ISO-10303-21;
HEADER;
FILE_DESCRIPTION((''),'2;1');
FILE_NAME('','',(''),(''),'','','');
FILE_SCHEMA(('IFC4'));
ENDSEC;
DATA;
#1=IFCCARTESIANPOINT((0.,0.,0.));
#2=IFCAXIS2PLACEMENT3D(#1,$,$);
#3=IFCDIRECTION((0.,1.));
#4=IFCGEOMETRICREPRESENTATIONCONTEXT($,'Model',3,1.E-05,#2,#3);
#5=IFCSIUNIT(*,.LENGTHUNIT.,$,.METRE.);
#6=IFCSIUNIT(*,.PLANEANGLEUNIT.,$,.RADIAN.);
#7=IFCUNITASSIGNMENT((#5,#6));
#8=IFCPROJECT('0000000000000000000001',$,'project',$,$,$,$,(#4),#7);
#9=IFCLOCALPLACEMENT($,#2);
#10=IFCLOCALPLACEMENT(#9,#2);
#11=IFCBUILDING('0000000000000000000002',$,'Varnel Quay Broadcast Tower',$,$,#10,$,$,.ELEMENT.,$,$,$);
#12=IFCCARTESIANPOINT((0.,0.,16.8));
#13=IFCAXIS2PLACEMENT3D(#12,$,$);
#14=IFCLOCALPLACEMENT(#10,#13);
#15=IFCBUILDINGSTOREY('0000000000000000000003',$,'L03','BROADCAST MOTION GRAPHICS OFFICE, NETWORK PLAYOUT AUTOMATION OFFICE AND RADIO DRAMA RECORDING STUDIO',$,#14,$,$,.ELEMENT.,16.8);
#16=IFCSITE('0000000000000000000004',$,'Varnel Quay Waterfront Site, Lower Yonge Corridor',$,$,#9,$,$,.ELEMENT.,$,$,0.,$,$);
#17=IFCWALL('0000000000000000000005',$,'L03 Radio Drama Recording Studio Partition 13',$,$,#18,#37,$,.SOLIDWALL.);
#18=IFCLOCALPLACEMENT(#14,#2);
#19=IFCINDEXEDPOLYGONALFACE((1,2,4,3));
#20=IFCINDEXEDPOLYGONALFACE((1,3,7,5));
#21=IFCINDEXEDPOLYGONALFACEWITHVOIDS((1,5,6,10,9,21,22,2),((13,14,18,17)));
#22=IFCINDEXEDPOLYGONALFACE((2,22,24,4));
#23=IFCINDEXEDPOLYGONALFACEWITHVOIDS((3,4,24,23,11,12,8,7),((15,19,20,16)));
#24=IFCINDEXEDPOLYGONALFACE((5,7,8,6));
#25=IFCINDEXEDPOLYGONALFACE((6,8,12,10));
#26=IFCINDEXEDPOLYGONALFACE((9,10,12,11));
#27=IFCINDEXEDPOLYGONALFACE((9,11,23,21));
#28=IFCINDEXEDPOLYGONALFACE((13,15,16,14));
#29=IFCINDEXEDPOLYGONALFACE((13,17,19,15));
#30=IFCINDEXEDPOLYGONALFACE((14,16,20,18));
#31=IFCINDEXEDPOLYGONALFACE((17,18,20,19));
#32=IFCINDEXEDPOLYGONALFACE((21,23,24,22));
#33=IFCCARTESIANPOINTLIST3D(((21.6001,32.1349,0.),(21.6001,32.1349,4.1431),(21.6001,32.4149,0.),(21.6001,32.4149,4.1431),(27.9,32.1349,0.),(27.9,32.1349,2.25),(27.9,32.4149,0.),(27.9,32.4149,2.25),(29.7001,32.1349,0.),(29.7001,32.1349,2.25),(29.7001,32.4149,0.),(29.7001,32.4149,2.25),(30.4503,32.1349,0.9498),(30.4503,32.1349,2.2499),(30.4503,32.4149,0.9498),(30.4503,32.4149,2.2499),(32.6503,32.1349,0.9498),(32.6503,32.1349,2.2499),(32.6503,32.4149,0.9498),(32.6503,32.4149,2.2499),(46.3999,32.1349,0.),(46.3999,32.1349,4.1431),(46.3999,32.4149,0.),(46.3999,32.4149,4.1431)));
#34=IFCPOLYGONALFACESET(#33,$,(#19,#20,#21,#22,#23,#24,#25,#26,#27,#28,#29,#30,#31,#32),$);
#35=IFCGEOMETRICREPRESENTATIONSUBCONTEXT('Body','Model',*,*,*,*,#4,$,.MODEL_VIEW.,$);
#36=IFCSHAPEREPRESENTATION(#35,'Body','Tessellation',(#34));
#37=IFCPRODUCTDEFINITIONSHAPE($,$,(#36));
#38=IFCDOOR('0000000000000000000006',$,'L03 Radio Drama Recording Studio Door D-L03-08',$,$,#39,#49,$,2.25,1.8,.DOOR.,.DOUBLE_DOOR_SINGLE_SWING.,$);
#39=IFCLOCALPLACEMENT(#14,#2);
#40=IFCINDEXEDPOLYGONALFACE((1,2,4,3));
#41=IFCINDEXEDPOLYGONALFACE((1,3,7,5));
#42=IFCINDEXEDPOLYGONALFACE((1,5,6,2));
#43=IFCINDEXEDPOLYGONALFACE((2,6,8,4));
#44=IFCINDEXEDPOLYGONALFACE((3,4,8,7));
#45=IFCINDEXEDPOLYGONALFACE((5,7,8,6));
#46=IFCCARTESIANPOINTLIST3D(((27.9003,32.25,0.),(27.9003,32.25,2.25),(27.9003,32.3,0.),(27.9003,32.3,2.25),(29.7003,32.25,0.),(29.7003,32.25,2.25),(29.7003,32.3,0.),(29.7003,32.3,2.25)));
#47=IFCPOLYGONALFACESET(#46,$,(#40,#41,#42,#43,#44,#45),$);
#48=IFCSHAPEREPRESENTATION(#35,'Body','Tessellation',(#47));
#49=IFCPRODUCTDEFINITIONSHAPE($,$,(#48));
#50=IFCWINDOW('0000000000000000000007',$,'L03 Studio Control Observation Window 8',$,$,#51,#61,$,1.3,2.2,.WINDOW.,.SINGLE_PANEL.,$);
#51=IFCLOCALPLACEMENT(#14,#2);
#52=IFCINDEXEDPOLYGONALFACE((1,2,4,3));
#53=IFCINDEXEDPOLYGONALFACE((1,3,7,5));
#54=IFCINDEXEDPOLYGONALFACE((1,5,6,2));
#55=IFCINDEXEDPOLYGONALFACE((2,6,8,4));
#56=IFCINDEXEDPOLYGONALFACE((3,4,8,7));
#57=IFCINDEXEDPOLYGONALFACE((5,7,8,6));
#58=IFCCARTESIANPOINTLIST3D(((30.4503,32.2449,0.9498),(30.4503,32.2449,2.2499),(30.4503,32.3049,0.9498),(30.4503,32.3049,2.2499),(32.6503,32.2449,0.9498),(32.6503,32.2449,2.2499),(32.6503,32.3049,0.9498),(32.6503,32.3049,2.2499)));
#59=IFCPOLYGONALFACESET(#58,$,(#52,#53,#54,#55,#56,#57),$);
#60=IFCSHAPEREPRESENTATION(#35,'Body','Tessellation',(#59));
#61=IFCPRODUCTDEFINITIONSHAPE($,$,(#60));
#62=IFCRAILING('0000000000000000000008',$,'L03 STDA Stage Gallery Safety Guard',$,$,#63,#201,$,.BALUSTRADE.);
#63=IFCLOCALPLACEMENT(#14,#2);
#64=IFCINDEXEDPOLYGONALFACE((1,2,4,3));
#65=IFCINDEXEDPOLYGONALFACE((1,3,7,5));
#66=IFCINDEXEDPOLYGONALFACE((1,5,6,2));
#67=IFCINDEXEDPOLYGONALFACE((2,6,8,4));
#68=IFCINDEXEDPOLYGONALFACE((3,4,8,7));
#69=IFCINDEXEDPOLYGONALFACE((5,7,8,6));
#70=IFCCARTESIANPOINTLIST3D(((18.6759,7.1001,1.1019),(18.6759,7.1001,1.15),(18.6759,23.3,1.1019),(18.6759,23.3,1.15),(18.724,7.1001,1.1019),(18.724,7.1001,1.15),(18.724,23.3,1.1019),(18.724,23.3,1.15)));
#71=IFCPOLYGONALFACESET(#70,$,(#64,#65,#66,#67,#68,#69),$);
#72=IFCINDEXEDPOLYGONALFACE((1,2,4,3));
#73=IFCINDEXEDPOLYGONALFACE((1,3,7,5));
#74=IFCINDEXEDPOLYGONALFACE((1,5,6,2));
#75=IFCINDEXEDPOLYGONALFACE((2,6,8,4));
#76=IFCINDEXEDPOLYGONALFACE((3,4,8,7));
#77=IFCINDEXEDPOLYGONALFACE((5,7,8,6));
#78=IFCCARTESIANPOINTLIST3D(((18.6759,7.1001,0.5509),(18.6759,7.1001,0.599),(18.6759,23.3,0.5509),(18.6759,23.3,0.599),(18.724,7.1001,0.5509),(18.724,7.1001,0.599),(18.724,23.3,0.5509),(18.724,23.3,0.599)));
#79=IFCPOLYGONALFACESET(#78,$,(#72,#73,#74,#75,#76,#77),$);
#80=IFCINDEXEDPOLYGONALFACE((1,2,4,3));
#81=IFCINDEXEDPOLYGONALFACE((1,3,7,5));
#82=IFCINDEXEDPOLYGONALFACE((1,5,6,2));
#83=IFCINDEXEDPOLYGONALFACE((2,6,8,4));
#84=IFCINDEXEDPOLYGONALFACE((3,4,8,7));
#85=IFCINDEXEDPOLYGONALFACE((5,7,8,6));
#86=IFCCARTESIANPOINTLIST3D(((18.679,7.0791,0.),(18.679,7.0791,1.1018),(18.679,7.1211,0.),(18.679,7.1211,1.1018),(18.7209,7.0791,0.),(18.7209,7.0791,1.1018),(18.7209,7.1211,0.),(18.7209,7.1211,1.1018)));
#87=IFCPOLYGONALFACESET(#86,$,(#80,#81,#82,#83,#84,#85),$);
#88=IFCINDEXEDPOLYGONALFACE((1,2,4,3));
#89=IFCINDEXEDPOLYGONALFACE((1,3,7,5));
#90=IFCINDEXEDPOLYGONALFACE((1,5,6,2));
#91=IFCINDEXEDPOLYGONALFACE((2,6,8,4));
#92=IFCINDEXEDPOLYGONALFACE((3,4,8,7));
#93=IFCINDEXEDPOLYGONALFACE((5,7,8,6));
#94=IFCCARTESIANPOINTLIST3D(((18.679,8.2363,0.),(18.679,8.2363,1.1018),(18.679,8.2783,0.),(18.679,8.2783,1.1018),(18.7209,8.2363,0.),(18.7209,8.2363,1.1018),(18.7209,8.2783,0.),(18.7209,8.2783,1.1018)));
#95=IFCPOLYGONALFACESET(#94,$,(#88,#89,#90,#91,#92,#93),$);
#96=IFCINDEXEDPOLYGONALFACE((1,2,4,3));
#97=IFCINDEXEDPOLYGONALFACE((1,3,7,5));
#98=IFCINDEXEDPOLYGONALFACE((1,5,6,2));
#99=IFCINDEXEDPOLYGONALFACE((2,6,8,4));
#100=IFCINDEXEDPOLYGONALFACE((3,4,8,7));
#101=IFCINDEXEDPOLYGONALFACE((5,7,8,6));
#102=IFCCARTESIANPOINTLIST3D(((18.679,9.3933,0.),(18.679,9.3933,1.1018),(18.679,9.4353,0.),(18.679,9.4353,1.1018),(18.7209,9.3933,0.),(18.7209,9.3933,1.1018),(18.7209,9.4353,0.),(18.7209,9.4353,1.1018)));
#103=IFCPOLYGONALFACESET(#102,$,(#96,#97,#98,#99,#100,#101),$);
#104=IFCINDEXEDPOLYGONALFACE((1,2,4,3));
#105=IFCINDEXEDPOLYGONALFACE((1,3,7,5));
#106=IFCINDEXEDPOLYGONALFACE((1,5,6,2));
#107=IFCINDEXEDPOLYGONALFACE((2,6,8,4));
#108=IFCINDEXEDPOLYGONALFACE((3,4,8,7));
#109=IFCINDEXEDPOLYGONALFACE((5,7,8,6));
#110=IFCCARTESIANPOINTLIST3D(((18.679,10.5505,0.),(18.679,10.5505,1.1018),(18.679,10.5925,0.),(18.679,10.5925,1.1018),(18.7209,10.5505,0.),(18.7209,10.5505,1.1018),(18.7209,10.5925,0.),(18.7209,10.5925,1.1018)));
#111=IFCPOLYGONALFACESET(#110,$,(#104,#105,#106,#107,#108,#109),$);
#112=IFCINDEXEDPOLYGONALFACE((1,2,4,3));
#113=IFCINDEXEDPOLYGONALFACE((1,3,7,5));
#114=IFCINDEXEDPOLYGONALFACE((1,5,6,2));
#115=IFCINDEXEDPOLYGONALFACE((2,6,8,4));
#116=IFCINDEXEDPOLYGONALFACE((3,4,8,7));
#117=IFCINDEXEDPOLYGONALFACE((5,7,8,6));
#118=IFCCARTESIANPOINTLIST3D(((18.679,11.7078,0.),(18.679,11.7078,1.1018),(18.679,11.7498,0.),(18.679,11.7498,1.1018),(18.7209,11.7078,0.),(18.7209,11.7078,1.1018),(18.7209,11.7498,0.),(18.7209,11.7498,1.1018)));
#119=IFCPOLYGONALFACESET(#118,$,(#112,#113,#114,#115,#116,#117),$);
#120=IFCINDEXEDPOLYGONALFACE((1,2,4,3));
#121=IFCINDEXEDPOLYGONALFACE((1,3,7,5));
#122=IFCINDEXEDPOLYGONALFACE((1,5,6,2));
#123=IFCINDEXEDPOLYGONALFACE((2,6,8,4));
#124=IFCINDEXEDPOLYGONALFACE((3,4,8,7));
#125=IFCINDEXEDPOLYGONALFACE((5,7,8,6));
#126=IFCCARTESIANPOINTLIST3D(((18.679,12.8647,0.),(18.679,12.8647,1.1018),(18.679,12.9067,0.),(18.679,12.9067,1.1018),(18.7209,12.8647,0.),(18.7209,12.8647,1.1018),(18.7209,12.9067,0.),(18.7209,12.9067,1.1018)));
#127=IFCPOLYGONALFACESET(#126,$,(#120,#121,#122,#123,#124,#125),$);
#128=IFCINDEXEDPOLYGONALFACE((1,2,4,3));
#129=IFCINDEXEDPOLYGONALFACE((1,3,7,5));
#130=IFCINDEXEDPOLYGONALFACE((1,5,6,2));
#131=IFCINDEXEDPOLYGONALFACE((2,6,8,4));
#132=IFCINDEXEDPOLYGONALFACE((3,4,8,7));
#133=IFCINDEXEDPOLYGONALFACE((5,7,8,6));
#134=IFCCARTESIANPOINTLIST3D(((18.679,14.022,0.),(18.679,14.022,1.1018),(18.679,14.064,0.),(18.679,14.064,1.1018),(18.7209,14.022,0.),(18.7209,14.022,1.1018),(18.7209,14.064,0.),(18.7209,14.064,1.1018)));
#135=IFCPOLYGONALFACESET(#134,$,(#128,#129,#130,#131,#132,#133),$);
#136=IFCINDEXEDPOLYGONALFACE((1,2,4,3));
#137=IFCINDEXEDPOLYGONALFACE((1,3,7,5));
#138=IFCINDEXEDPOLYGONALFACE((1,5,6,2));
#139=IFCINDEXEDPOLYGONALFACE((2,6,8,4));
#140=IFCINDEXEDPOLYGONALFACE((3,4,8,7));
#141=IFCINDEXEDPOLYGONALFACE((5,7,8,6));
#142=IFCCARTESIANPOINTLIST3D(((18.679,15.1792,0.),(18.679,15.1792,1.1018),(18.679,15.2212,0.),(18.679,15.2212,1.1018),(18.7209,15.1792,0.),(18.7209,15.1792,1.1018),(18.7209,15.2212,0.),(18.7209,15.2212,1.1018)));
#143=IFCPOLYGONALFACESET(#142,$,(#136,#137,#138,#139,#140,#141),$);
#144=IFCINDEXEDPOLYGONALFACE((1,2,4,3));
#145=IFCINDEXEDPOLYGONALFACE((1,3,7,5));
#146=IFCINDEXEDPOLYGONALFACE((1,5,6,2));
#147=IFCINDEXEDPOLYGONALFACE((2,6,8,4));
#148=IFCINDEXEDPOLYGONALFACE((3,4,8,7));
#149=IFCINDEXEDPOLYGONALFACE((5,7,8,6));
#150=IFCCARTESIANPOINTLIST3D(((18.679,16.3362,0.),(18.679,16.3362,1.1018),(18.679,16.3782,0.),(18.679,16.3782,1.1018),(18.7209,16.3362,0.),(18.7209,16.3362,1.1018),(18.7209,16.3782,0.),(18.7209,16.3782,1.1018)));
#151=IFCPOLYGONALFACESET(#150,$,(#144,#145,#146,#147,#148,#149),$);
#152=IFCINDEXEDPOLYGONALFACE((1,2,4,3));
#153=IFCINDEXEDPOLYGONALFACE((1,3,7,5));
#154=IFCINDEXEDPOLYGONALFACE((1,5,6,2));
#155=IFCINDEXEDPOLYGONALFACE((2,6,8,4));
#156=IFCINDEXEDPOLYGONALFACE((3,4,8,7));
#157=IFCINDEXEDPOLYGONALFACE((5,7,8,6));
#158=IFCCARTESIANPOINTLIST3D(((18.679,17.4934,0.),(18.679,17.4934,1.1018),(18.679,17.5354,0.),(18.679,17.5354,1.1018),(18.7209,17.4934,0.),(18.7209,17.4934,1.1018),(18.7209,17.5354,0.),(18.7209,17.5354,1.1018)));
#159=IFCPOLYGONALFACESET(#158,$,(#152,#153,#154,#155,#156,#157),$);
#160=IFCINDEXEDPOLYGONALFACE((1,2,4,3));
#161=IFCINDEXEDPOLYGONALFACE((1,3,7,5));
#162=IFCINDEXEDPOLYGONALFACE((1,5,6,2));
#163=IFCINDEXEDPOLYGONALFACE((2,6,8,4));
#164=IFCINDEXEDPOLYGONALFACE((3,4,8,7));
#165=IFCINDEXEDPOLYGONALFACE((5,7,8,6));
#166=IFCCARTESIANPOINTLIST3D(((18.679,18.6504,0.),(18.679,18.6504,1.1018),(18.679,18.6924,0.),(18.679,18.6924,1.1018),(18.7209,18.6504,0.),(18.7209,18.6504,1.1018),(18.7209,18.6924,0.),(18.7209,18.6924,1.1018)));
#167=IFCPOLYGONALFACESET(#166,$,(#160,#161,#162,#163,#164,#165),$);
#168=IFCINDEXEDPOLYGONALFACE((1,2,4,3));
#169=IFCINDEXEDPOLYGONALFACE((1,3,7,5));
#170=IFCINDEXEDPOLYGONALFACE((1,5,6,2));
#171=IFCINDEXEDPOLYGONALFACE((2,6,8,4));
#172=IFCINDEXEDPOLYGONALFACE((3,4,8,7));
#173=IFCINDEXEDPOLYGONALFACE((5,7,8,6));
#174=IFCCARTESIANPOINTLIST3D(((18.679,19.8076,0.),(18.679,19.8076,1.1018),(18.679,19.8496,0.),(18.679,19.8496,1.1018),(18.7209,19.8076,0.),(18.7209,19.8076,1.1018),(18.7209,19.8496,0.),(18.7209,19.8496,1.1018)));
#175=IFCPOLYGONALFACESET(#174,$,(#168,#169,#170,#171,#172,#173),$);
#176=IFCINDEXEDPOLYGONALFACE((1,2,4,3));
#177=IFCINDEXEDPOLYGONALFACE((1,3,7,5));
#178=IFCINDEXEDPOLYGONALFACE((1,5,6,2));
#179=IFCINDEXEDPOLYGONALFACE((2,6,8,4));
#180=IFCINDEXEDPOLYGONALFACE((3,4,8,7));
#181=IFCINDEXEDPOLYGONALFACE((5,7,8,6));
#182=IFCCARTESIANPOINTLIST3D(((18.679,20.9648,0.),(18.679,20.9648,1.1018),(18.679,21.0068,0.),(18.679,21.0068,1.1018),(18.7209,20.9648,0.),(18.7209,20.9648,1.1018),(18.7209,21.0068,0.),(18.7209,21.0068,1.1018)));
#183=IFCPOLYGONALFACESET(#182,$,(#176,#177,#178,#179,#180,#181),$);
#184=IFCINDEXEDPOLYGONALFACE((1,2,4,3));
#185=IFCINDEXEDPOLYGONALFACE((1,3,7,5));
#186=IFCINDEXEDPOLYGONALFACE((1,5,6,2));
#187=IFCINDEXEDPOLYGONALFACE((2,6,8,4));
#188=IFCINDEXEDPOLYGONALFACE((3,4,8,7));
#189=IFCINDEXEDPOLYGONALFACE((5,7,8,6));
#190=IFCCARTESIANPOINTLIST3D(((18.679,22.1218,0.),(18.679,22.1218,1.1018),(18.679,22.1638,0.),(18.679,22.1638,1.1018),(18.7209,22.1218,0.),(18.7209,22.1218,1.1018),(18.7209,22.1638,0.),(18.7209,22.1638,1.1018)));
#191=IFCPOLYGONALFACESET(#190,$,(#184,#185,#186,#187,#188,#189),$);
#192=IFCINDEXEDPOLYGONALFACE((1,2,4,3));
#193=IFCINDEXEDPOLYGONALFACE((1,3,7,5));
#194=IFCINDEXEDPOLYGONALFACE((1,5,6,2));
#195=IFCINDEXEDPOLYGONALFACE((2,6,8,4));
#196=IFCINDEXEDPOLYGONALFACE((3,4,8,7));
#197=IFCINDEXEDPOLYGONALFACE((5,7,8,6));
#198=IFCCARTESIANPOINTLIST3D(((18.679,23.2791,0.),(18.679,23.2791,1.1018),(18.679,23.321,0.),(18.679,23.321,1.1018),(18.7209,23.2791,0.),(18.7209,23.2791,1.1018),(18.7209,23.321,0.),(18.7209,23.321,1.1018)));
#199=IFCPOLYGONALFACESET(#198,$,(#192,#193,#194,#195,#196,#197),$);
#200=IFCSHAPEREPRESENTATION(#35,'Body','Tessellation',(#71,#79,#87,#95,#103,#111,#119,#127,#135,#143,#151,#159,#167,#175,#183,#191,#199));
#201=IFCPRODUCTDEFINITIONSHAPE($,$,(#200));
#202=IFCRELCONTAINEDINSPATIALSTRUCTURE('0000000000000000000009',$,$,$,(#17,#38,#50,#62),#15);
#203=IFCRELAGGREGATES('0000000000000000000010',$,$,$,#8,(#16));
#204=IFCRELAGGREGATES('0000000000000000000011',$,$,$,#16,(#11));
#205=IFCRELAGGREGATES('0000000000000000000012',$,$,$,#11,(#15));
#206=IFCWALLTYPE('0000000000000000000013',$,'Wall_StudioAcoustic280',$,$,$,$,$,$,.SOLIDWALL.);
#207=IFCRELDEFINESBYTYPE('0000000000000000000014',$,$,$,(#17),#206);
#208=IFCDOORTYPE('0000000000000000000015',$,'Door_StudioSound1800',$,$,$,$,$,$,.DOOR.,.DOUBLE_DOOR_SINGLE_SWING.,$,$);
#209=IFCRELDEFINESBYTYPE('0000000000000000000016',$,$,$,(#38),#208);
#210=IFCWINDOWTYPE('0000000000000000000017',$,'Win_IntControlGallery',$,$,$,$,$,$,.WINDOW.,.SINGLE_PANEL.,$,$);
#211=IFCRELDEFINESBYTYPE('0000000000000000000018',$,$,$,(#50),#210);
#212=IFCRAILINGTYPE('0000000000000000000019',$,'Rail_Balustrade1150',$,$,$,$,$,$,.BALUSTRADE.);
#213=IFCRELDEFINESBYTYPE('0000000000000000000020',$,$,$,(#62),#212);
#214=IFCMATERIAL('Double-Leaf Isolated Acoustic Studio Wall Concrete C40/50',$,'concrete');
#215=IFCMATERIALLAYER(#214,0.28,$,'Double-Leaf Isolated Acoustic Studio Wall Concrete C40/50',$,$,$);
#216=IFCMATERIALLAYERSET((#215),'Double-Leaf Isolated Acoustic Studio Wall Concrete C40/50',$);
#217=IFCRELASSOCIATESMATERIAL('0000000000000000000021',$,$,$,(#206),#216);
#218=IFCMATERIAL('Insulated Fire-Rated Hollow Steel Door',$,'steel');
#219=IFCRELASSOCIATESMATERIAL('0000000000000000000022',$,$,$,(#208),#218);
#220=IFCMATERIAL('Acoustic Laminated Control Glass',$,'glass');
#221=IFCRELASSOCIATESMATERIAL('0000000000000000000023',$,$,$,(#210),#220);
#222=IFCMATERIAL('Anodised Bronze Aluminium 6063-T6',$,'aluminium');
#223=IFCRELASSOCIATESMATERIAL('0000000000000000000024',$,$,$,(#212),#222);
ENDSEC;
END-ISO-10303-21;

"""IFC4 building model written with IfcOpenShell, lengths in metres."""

from ifc_helpers import new_model, si_unit, direction, frame, frame_2d, origin, origin_2d, place, context, subcontext, project, spatial, rectangle, extrude, source, transform, mapped, material, layer, layer_set, type_object, type_shapes, element, fill, save


model = new_model("IFC4")

# Units and contexts
model_context = context("Model", 3, precision=1e-05, world=origin(), true_north=direction((0.0, 1.0)))
body_context = subcontext(model_context, "Body", "Model", "MODEL_VIEW")
ifc_project = project(units=[si_unit("LENGTHUNIT", "METRE"), si_unit("PLANEANGLEUNIT", "RADIAN")], contexts=[model_context])

# Site, building, storey
site_placement = place(None, origin())
site = spatial("IfcSite", under=ifc_project, at=site_placement, Name="Varnel Quay Waterfront Site, Lower Yonge Corridor", CompositionType="ELEMENT", RefElevation=0.0)
building_placement = place(site_placement, origin())
building = spatial("IfcBuilding", under=site, at=building_placement, Name="Varnel Quay Broadcast Tower", CompositionType="ELEMENT")
storey_placement = place(building_placement, frame((0.0, 0.0, 16.8)))
storey = spatial("IfcBuildingStorey", under=building, at=storey_placement, Name="L03", Description="BROADCAST MOTION GRAPHICS OFFICE, NETWORK PLAYOUT AUTOMATION OFFICE AND RADIO DRAMA RECORDING STUDIO", CompositionType="ELEMENT", Elevation=16.8)

# Wall, openings, door, window
ifc_material_1 = material(Name="Double-Leaf Isolated Acoustic Studio Wall Concrete C40/50", Category="concrete")
ifc_layer_1 = layer(ifc_material_1, 0.28, Name="Double-Leaf Isolated Acoustic Studio Wall Concrete C40/50")
ifc_layer_set_1 = layer_set([ifc_layer_1], Name="Double-Leaf Isolated Acoustic Studio Wall Concrete C40/50")
wall_type_1 = type_object("IfcWallType", Name="Wall_StudioAcoustic280", PredefinedType="SOLIDWALL", material=ifc_layer_set_1)
wall_1_placement = place(storey_placement, frame((21.6001, 32.2749, 0.0), z_axis=(0.0, 0.0, 1.0), x_axis=(1.0, 0.0, 0.0)))
wall_1 = element("IfcWall", 1, at=wall_1_placement, inside=storey, type_object=wall_type_1, Name="L03 Radio Drama Recording Studio Partition 13", PredefinedType="SOLIDWALL", context=body_context, shape_type="SweptSolid", body=[
    extrude(rectangle(XDim=24.7998, YDim=0.28, at=frame_2d((12.3999, 0.0))), origin(), (0.0, 0.0, 1.0), 4.1431),
])
opening_1_placement = place(wall_1_placement, frame((6.3, 0.0, 0.0)))
opening_1 = element("IfcOpeningElement", 2, at=opening_1_placement, cuts=wall_1, PredefinedType="OPENING", context=body_context, shape_type="SweptSolid", body=[
    extrude(rectangle(XDim=1.8, YDim=2.25, at=frame_2d((0.8999, 1.125))), frame((0.0, 0.1499, 0.0), z_axis=(0.0, -1.0, 0.0), x_axis=(1.0, 0.0, 0.0)), (0.0, 0.0, 1.0), 0.3),
])
opening_2_placement = place(wall_1_placement, frame((8.8501, 0.0, 0.95)))
opening_2 = element("IfcOpeningElement", 3, at=opening_2_placement, cuts=wall_1, PredefinedType="OPENING", context=body_context, shape_type="SweptSolid", body=[
    extrude(rectangle(XDim=2.2, YDim=1.3, at=frame_2d((1.1001, 0.6499))), frame((0.0, 0.1499, 0.0), z_axis=(0.0, -1.0, 0.0), x_axis=(1.0, 0.0, 0.0)), (0.0, 0.0, 1.0), 0.3),
])
ifc_material_2 = material(Name="Insulated Fire-Rated Hollow Steel Door", Category="steel")
door_type_1 = type_object("IfcDoorType", Name="Door_StudioSound1800", OperationType="DOUBLE_DOOR_SINGLE_SWING", PredefinedType="DOOR", material=ifc_material_2)
shared_shape_1 = source(origin(), body_context, "Body", "SweptSolid", [
    extrude(rectangle(XDim=1.8, YDim=2.25, at=frame_2d((0.8999, 1.125))), frame((0.0, 0.0249, 0.0), z_axis=(0.0, -1.0, 0.0), x_axis=(1.0, 0.0, 0.0)), (0.0, 0.0, 1.0), 0.05),
])
type_shapes(door_type_1, [shared_shape_1])
door_1_placement = place(opening_1_placement, frame((1.8, 0.0, 0.0), z_axis=(0.0, 0.0, 1.0), x_axis=(-1.0, 0.0, 0.0)))
door_1 = element("IfcDoor", 4, at=door_1_placement, inside=storey, type_object=door_type_1, Name="L03 Radio Drama Recording Studio Door D-L03-08", OperationType="DOUBLE_DOOR_SINGLE_SWING", OverallHeight=2.25, OverallWidth=1.8, PredefinedType="DOOR", context=body_context, shape_type="MappedRepresentation", body=[
    mapped(shared_shape_1, transform((0.0, 0.0, 0.0), x_axis=(1.0, 0.0, 0.0), y_axis=(0.0, 1.0, 0.0), z_axis=(0.0, 0.0, 1.0), scale=1.0)),
])
fill(opening_1, door_1)
ifc_material_3 = material(Name="Acoustic Laminated Control Glass", Category="glass")
window_type_1 = type_object("IfcWindowType", Name="Win_IntControlGallery", PartitioningType="SINGLE_PANEL", PredefinedType="WINDOW", material=ifc_material_3)
shared_shape_2 = source(origin(), body_context, "Body", "SweptSolid", [
    extrude(rectangle(XDim=2.2, YDim=1.3, at=frame_2d((1.1001, 0.6499))), frame((0.0, 0.03, 0.0), z_axis=(0.0, -1.0, 0.0), x_axis=(1.0, 0.0, 0.0)), (0.0, 0.0, 1.0), 0.0601),
])
type_shapes(window_type_1, [shared_shape_2])
window_1_placement = place(opening_2_placement, origin())
window_1 = element("IfcWindow", 5, at=window_1_placement, inside=storey, type_object=window_type_1, Name="L03 Studio Control Observation Window 8", OverallHeight=1.3, OverallWidth=2.2, PartitioningType="SINGLE_PANEL", PredefinedType="WINDOW", context=body_context, shape_type="MappedRepresentation", body=[
    mapped(shared_shape_2, transform((0.0, 0.0, 0.0), x_axis=(1.0, 0.0, 0.0), y_axis=(0.0, 1.0, 0.0), z_axis=(0.0, 0.0, 1.0), scale=1.0)),
])
fill(opening_2, window_1)

# Railing
ifc_material_4 = material(Name="Anodised Bronze Aluminium 6063-T6", Category="aluminium")
railing_type = type_object("IfcRailingType", Name="Rail_Balustrade1150", PredefinedType="BALUSTRADE", material=ifc_material_4)
railing_placement = place(storey_placement, frame((18.7, 7.1001, 0.0)))
element("IfcRailing", 6, at=railing_placement, inside=storey, type_object=railing_type, Name="L03 STDA Stage Gallery Safety Guard", PredefinedType="BALUSTRADE", context=body_context, shape_type="SweptSolid", body=[
    extrude(rectangle(XDim=0.0481, YDim=0.0481, at=origin_2d()), frame((0.0, 0.0, 1.126), z_axis=(0.0, 1.0, 0.0), x_axis=(-1.0, 0.0, 0.0)), (0.0, 0.0, 1.0), 16.2),
    extrude(rectangle(XDim=0.0481, YDim=0.0481, at=origin_2d()), frame((0.0, 0.0, 0.575), z_axis=(0.0, 1.0, 0.0), x_axis=(-1.0, 0.0, 0.0)), (0.0, 0.0, 1.0), 16.2),
    extrude(rectangle(XDim=0.042, YDim=0.042, at=origin_2d()), origin(), (0.0, 0.0, 1.0), 1.1018),
    extrude(rectangle(XDim=0.042, YDim=0.042, at=origin_2d()), frame((0.0, 1.1572, 0.0)), (0.0, 0.0, 1.0), 1.1018),
    extrude(rectangle(XDim=0.042, YDim=0.042, at=origin_2d()), frame((0.0, 2.3142, 0.0)), (0.0, 0.0, 1.0), 1.1018),
    extrude(rectangle(XDim=0.042, YDim=0.042, at=origin_2d()), frame((0.0, 3.4714, 0.0)), (0.0, 0.0, 1.0), 1.1018),
    extrude(rectangle(XDim=0.042, YDim=0.042, at=origin_2d()), frame((0.0, 4.6287, 0.0)), (0.0, 0.0, 1.0), 1.1018),
    extrude(rectangle(XDim=0.042, YDim=0.042, at=origin_2d()), frame((0.0, 5.7856, 0.0)), (0.0, 0.0, 1.0), 1.1018),
    extrude(rectangle(XDim=0.042, YDim=0.042, at=origin_2d()), frame((0.0, 6.9429, 0.0)), (0.0, 0.0, 1.0), 1.1018),
    extrude(rectangle(XDim=0.042, YDim=0.042, at=origin_2d()), frame((0.0, 8.1001, 0.0)), (0.0, 0.0, 1.0), 1.1018),
    extrude(rectangle(XDim=0.042, YDim=0.042, at=origin_2d()), frame((0.0, 9.2571, 0.0)), (0.0, 0.0, 1.0), 1.1018),
    extrude(rectangle(XDim=0.042, YDim=0.042, at=origin_2d()), frame((0.0, 10.4143, 0.0)), (0.0, 0.0, 1.0), 1.1018),
    extrude(rectangle(XDim=0.042, YDim=0.042, at=origin_2d()), frame((0.0, 11.5713, 0.0)), (0.0, 0.0, 1.0), 1.1018),
    extrude(rectangle(XDim=0.042, YDim=0.042, at=origin_2d()), frame((0.0, 12.7285, 0.0)), (0.0, 0.0, 1.0), 1.1018),
    extrude(rectangle(XDim=0.042, YDim=0.042, at=origin_2d()), frame((0.0, 13.8857, 0.0)), (0.0, 0.0, 1.0), 1.1018),
    extrude(rectangle(XDim=0.042, YDim=0.042, at=origin_2d()), frame((0.0, 15.0427, 0.0)), (0.0, 0.0, 1.0), 1.1018),
    extrude(rectangle(XDim=0.042, YDim=0.042, at=origin_2d()), frame((0.0, 16.2, 0.0)), (0.0, 0.0, 1.0), 1.1018),
])

save(model, "model.ifc")
